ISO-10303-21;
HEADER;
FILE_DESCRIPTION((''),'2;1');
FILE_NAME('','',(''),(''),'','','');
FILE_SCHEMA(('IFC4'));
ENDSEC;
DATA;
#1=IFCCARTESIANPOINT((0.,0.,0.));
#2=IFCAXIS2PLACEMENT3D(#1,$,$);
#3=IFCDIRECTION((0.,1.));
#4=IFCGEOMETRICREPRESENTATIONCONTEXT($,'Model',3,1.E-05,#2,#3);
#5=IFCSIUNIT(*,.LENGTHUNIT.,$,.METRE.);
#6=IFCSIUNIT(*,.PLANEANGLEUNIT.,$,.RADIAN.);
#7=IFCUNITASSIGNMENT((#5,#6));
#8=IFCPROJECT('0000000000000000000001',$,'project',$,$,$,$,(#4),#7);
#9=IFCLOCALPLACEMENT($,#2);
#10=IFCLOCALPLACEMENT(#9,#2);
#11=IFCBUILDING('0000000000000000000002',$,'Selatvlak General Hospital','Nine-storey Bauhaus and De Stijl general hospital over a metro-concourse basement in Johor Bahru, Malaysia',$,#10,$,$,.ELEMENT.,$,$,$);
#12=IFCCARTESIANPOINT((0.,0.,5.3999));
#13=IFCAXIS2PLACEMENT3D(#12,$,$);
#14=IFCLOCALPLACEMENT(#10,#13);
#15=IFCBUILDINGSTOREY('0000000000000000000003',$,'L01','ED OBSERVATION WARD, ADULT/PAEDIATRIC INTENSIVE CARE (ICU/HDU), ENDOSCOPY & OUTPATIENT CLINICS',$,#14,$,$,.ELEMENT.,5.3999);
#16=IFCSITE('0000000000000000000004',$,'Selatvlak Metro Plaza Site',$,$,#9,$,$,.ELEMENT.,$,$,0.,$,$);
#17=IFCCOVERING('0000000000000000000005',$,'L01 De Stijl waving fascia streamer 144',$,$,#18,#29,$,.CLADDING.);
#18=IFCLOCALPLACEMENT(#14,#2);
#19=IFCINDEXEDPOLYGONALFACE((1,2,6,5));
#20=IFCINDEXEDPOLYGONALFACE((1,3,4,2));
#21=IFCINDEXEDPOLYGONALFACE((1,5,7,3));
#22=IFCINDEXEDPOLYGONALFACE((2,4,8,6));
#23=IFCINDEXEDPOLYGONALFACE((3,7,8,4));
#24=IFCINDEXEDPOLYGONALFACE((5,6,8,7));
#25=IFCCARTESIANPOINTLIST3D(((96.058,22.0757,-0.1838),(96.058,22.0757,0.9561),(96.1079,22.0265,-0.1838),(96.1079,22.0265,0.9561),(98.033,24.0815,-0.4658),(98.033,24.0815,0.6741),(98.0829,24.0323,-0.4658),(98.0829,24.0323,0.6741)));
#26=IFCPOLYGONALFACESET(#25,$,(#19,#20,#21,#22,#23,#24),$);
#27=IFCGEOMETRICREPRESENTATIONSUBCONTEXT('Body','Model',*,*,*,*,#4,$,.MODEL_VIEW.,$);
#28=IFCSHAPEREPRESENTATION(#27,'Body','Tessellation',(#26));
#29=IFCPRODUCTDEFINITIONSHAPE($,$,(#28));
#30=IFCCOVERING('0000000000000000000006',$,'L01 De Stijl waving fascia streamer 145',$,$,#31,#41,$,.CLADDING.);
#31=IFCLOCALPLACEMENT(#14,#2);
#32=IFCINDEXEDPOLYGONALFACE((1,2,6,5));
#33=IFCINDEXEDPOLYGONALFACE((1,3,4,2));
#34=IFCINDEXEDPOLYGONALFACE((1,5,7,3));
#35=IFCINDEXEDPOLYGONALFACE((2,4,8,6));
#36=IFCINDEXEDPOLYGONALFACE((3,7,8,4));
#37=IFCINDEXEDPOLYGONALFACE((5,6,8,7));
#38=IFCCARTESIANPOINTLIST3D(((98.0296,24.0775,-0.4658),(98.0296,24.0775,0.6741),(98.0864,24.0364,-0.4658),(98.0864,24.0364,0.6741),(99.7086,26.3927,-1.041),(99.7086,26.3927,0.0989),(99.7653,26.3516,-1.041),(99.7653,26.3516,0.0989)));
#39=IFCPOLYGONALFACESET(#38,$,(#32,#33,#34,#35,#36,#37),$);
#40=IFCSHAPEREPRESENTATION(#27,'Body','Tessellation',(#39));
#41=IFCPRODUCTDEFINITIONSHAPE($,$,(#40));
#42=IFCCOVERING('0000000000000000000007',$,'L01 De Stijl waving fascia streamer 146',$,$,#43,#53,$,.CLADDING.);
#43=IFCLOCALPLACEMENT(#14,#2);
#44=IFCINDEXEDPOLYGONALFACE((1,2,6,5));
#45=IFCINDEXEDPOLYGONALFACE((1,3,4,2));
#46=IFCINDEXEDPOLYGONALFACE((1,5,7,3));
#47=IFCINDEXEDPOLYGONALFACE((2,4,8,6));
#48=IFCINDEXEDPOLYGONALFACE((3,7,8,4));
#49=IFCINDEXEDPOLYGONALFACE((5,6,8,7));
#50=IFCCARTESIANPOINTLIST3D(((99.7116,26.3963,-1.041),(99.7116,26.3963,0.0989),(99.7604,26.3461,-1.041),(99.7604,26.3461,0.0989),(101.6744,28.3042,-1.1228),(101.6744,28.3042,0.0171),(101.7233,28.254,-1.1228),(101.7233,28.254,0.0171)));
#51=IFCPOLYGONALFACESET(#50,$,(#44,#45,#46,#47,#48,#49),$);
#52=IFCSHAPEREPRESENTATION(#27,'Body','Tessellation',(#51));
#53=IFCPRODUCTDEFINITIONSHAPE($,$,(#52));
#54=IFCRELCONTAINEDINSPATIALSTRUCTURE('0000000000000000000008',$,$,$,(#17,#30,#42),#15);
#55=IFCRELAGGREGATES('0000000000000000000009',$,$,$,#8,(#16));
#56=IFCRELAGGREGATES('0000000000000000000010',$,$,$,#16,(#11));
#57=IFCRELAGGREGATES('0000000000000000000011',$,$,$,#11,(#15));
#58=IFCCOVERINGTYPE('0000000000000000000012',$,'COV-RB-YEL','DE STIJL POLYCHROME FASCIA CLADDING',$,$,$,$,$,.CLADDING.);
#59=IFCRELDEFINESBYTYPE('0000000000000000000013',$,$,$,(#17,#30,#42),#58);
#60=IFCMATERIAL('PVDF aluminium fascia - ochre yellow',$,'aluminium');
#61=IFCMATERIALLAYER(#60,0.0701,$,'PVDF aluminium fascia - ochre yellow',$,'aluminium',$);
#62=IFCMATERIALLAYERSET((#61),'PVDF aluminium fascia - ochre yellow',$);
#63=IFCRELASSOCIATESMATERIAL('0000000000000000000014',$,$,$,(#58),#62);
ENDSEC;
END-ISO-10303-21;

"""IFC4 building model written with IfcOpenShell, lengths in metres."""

from ifc_helpers import new_model, si_unit, direction, frame, origin, place, context, subcontext, project, spatial, polyline, outline, extrude, material, layer, layer_set, type_object, element, save


model = new_model("IFC4")

# Units and contexts
model_context = context("Model", 3, precision=1e-05, world=origin(), true_north=direction((0.0, 1.0)))
body_context = subcontext(model_context, "Body", "Model", "MODEL_VIEW")
ifc_project = project(units=[si_unit("LENGTHUNIT", "METRE"), si_unit("PLANEANGLEUNIT", "RADIAN")], contexts=[model_context])

# Site, building, storey
site_placement = place(None, origin())
site = spatial("IfcSite", under=ifc_project, at=site_placement, Name="Selatvlak Metro Plaza Site", CompositionType="ELEMENT", RefElevation=0.0)
building_placement = place(site_placement, origin())
building = spatial("IfcBuilding", under=site, at=building_placement, Name="Selatvlak General Hospital", Description="Nine-storey Bauhaus and De Stijl general hospital over a metro-concourse basement in Johor Bahru, Malaysia", CompositionType="ELEMENT")
storey_placement = place(building_placement, frame((0.0, 0.0, 5.3999)))
storey = spatial("IfcBuildingStorey", under=building, at=storey_placement, Name="L01", Description="ED OBSERVATION WARD, ADULT/PAEDIATRIC INTENSIVE CARE (ICU/HDU), ENDOSCOPY & OUTPATIENT CLINICS", CompositionType="ELEMENT", Elevation=5.3999)

# Coverings
ifc_material_1 = material(Name="PVDF aluminium fascia - ochre yellow", Category="aluminium")
ifc_layer_1 = layer(ifc_material_1, 0.0701, Name="PVDF aluminium fascia - ochre yellow", Category="aluminium")
ifc_layer_set_1 = layer_set([ifc_layer_1], Name="PVDF aluminium fascia - ochre yellow")
covering_type = type_object("IfcCoveringType", Name="COV-RB-YEL", Description="DE STIJL POLYCHROME FASCIA CLADDING", PredefinedType="CLADDING", material=ifc_layer_set_1)
covering_1_placement = place(storey_placement, frame((96.083, 22.051, -0.1838), z_axis=(0.0, 0.0, 1.0), x_axis=(0.701622, 0.712549, 0.0)))
element("IfcCovering", 1, at=covering_1_placement, inside=storey, type_object=covering_type, Name="L01 De Stijl waving fascia streamer 144", PredefinedType="CLADDING", context=body_context, shape_type="SweptSolid", body=[
    extrude(outline(polyline([(0.0, 0.0), (2.8149, -0.282), (2.8149, 0.8579), (0.0, 1.1399), (0.0, 0.0)])), frame((0.0, 0.0352, 0.0), z_axis=(0.0, -1.0, 0.0), x_axis=(1.0, 0.0, 0.0)), (0.0, 0.0, 1.0), 0.0701),
])
covering_2_placement = place(storey_placement, frame((98.0581, 24.0569, -0.4658), z_axis=(0.0, 0.0, 1.0), x_axis=(0.58707, 0.809536, 0.0)))
element("IfcCovering", 2, at=covering_2_placement, inside=storey, type_object=covering_type, Name="L01 De Stijl waving fascia streamer 145", PredefinedType="CLADDING", context=body_context, shape_type="SweptSolid", body=[
    extrude(outline(polyline([(0.0, 0.0), (2.8599, -0.5752), (2.8599, 0.5647), (0.0, 1.1399), (0.0, 0.0)])), frame((0.0, 0.0352, 0.0), z_axis=(0.0, -1.0, 0.0), x_axis=(1.0, 0.0, 0.0)), (0.0, 0.0, 1.0), 0.0701),
])
covering_3_placement = place(storey_placement, frame((99.7361, 26.3711, -1.041), z_axis=(0.0, 0.0, 1.0), x_axis=(0.717069, 0.697002, 0.0)))
element("IfcCovering", 3, at=covering_3_placement, inside=storey, type_object=covering_type, Name="L01 De Stijl waving fascia streamer 146", PredefinedType="CLADDING", context=body_context, shape_type="SweptSolid", body=[
    extrude(outline(polyline([(0.0, 0.0), (2.7373, -0.0818), (2.7373, 1.0581), (0.0, 1.1399), (0.0, 0.0)])), frame((0.0, 0.0352, 0.0), z_axis=(0.0, -1.0, 0.0), x_axis=(1.0, 0.0, 0.0)), (0.0, 0.0, 1.0), 0.0701),
])

save(model, "model.ifc")
